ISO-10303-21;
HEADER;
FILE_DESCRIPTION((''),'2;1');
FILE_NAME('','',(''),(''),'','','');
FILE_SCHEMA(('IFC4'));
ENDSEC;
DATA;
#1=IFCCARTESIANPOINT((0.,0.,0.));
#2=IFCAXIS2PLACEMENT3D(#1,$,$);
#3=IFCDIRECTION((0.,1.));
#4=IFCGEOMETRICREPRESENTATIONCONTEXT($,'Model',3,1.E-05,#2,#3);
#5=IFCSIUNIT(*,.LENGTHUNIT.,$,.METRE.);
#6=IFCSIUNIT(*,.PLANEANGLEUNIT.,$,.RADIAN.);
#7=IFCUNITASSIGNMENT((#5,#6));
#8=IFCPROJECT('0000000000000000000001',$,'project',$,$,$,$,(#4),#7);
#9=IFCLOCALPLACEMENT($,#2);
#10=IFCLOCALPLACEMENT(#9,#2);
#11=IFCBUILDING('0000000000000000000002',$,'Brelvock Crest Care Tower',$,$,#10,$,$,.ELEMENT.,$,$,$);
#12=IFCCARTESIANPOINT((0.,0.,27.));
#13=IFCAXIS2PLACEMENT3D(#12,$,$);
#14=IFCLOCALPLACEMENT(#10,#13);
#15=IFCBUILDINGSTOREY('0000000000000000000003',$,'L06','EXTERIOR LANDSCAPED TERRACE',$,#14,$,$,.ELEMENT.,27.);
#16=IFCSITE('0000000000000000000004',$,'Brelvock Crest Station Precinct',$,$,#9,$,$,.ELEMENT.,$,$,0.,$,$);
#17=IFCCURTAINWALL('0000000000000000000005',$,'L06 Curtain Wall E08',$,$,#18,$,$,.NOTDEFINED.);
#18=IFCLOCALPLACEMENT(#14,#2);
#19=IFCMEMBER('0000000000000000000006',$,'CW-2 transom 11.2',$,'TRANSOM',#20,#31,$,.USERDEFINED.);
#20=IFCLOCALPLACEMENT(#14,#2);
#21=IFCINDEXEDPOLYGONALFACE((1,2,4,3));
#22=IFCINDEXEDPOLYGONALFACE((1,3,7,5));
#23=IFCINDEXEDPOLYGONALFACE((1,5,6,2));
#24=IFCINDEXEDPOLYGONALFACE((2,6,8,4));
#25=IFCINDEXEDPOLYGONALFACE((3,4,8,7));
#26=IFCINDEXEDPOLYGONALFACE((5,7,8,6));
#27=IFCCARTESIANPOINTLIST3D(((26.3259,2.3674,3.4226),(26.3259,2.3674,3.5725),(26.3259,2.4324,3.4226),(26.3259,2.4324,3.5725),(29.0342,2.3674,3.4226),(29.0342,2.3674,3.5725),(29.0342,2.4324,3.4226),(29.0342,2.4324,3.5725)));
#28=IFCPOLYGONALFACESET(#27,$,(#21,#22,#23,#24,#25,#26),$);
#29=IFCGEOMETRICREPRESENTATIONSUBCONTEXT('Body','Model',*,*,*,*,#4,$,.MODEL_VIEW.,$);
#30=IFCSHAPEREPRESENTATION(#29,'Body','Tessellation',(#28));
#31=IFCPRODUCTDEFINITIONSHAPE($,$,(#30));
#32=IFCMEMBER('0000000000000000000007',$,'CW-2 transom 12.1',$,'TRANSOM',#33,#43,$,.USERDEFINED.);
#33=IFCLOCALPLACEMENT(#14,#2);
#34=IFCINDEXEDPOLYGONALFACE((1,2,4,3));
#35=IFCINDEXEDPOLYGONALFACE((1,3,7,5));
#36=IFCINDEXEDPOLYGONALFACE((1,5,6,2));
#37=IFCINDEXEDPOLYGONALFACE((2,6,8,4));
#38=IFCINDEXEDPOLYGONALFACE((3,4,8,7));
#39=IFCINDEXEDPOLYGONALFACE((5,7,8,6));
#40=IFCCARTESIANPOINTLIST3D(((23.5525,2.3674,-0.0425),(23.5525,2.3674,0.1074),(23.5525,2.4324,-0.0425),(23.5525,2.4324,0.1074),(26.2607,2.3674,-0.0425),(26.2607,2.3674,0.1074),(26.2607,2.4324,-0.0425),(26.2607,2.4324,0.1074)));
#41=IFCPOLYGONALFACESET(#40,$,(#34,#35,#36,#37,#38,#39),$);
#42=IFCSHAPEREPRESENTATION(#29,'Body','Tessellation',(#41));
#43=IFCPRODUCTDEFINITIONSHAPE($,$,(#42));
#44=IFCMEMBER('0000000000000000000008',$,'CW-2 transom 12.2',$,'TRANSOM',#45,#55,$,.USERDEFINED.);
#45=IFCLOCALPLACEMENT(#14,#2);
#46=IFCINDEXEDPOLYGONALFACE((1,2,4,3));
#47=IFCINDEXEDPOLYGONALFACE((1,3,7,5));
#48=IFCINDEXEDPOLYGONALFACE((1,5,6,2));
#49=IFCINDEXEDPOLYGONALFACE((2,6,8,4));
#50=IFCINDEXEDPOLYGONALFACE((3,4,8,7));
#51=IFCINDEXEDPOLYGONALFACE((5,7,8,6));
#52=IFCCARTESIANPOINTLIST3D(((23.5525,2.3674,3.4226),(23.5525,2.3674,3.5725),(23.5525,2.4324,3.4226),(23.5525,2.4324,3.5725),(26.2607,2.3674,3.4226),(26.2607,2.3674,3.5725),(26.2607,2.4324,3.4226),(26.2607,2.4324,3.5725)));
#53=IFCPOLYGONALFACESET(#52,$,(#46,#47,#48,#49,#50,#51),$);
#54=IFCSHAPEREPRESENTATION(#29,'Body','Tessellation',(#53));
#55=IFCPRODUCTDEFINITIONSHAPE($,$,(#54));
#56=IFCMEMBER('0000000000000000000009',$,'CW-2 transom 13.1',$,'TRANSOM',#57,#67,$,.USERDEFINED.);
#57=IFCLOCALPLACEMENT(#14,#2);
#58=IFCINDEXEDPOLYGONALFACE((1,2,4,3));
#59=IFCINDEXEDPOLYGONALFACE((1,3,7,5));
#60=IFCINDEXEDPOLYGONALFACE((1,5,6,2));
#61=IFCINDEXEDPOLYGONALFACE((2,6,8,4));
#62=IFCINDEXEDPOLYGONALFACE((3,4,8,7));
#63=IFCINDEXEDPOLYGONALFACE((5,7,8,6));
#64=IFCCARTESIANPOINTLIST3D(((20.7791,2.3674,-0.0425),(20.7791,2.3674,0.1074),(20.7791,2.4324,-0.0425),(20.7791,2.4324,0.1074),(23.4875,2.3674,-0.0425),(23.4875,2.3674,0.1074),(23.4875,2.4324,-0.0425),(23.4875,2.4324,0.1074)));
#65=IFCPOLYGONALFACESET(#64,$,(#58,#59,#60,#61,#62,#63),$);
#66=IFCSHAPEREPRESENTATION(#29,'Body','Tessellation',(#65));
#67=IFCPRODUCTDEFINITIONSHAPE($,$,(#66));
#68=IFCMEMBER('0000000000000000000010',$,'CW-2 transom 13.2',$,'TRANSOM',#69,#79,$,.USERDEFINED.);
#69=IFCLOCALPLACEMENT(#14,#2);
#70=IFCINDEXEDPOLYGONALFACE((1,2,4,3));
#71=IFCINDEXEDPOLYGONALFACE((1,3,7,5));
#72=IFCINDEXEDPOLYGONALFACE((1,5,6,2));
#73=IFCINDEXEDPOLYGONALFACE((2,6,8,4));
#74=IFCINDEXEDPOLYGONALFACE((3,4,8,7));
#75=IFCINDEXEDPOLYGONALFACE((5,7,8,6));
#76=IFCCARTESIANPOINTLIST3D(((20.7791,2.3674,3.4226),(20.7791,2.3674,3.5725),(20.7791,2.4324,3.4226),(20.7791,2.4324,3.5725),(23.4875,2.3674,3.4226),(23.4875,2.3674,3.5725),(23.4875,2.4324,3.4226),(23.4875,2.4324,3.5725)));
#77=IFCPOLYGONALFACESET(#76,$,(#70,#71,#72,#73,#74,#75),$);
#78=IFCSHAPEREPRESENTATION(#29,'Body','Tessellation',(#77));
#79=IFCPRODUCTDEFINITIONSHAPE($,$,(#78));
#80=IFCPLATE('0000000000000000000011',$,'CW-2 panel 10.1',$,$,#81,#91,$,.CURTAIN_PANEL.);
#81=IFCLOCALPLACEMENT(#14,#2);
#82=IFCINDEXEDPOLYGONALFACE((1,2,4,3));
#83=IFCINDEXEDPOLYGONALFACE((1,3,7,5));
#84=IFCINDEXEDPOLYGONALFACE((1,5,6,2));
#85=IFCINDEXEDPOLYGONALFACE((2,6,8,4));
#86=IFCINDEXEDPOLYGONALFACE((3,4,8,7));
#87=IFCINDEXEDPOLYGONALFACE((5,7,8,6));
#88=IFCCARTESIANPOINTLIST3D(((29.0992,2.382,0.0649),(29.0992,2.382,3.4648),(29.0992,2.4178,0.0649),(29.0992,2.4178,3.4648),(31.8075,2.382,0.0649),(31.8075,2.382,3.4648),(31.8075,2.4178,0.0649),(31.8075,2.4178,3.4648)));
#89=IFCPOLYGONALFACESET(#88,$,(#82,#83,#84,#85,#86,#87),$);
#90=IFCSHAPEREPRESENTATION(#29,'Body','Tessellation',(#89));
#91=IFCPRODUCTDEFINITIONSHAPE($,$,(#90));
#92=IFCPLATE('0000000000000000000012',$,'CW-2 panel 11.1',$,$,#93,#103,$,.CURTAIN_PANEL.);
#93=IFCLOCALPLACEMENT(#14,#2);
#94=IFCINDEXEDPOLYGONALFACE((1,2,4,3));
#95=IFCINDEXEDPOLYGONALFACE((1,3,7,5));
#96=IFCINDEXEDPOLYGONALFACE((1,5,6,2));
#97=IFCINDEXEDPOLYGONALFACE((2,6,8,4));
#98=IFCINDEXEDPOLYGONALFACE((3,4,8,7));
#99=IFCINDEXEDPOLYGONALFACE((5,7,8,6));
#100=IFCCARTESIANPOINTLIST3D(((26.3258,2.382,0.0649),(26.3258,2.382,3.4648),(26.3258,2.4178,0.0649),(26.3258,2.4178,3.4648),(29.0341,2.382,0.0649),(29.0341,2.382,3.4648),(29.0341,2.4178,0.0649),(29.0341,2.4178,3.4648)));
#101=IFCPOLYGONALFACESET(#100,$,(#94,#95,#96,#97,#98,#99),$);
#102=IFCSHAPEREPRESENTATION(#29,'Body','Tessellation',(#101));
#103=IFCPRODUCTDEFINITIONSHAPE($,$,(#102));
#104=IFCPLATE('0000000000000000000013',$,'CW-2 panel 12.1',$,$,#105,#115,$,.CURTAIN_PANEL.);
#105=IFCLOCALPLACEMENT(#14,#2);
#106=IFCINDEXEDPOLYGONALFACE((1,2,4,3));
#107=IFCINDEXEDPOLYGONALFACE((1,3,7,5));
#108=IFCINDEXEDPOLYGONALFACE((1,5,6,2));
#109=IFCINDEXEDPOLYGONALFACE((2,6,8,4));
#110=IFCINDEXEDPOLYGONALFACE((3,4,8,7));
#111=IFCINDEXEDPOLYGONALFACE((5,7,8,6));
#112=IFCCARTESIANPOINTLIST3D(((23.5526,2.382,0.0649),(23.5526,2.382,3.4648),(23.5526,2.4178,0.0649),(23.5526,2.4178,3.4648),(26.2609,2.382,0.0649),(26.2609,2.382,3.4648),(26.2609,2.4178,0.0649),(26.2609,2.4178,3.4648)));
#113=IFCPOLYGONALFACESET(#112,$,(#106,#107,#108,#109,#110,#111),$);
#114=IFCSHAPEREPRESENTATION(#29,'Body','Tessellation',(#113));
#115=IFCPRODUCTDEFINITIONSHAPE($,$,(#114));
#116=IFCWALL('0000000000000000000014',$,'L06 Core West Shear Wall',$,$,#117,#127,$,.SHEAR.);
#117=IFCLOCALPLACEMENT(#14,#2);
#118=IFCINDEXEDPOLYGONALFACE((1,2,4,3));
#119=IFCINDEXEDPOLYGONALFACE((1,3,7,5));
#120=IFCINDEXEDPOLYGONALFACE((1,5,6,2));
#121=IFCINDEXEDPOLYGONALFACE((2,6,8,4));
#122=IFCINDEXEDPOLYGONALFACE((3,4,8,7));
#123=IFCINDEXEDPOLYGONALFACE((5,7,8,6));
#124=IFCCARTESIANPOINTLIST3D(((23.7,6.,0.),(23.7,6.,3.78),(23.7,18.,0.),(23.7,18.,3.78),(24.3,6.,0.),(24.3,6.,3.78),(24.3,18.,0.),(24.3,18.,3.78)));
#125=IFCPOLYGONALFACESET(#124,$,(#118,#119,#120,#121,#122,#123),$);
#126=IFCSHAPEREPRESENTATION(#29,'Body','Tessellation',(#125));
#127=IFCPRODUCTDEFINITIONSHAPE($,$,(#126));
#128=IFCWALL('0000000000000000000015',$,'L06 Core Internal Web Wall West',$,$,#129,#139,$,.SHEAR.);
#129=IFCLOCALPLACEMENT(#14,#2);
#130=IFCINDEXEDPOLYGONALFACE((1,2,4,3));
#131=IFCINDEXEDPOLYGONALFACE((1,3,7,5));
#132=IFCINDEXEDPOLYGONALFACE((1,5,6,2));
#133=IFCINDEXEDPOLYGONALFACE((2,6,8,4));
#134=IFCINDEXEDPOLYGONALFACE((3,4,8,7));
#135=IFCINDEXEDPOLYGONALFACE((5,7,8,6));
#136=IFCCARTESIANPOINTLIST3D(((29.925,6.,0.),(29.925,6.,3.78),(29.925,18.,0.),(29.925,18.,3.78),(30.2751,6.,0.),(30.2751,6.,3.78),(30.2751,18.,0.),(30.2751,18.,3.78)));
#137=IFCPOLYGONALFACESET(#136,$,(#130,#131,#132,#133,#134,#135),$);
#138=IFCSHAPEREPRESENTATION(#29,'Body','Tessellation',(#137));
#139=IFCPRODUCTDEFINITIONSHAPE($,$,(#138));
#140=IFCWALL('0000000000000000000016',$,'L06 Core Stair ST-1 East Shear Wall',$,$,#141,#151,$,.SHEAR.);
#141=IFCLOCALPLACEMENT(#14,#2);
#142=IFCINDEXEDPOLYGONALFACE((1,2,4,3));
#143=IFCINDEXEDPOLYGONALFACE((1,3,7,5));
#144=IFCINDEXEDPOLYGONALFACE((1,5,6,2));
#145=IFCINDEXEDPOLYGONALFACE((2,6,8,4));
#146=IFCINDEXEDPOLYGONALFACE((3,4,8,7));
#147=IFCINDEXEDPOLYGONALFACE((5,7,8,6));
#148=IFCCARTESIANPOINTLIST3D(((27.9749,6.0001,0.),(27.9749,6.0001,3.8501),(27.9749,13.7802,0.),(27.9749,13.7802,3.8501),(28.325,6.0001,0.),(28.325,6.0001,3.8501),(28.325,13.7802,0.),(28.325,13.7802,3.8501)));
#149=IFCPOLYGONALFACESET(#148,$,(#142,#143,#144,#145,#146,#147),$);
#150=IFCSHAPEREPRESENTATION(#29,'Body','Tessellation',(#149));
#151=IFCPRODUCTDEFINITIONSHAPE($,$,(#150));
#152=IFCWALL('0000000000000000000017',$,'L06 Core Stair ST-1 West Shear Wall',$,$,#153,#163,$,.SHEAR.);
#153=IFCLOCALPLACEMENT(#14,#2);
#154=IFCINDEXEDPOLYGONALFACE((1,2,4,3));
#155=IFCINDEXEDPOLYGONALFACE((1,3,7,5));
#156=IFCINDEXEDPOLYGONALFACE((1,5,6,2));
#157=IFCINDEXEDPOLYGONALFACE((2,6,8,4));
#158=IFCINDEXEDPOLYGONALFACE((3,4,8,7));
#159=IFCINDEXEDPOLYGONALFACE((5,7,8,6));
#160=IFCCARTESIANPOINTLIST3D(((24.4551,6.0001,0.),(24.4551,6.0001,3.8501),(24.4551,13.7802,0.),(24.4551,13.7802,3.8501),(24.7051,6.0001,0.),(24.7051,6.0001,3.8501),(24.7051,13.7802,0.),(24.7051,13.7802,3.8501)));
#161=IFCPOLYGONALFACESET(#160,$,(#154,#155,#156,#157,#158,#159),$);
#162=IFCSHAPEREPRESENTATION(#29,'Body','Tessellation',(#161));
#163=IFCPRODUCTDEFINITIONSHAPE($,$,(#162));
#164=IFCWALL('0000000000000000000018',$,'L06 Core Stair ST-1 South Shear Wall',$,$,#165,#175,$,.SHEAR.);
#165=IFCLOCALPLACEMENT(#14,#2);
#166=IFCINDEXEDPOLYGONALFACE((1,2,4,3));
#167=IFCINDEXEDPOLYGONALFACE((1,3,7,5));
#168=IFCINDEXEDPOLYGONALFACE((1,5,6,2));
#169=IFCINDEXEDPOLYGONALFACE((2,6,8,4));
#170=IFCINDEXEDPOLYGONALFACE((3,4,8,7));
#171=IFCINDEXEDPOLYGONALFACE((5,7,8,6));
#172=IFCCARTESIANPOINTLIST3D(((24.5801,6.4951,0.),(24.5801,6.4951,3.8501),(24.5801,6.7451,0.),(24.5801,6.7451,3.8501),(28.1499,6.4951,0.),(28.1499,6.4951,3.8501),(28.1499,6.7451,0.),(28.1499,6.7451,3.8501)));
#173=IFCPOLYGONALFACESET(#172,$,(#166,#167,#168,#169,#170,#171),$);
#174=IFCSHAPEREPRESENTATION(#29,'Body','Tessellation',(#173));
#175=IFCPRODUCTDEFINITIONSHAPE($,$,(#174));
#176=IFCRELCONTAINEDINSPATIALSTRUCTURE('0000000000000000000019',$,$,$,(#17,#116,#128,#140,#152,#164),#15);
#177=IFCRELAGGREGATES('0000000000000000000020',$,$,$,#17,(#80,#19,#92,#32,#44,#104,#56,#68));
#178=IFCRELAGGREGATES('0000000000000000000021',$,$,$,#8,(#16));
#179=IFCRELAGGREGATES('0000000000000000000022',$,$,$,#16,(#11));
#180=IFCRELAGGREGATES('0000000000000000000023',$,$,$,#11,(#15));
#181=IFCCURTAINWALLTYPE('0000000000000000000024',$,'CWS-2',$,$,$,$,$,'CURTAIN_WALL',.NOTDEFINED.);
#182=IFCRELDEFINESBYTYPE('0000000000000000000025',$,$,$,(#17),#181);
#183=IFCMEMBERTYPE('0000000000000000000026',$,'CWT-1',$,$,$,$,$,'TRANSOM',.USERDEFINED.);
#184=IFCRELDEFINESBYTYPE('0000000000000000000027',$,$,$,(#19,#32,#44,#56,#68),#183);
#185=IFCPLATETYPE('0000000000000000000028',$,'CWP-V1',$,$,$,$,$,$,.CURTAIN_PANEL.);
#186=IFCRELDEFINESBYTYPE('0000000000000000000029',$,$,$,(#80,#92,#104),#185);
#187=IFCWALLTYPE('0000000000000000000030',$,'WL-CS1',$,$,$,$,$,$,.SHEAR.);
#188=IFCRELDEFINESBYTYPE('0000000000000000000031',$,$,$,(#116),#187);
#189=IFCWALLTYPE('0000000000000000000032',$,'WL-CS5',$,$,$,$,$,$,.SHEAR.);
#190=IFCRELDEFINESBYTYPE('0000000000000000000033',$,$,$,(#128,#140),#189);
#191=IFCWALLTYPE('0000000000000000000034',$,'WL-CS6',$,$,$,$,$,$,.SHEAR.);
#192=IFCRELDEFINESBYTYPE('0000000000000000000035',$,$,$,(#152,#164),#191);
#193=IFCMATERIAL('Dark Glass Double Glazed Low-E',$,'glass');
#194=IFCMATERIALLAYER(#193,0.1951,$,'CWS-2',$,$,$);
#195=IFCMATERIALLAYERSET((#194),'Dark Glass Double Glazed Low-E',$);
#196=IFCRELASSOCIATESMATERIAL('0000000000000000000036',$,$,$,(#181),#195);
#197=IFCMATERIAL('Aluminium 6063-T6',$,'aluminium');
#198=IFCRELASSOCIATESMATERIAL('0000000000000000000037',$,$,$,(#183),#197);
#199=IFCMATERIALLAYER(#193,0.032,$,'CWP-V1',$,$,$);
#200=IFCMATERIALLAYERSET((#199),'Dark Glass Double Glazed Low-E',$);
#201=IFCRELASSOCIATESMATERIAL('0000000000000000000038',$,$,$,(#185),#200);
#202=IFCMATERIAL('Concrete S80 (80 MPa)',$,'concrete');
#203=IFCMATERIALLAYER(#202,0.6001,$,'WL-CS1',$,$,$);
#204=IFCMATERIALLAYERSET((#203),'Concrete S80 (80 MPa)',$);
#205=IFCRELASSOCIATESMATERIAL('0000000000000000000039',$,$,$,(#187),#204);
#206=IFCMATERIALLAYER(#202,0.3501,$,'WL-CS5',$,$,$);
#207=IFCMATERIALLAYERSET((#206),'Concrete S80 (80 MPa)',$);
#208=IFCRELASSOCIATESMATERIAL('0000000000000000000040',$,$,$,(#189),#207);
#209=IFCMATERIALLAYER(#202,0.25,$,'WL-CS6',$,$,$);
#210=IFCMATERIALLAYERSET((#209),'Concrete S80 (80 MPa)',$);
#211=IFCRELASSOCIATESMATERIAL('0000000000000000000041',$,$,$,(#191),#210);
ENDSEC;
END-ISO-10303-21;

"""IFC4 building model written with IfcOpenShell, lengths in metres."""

from ifc_helpers import new_model, si_unit, direction, frame, frame_2d, origin, origin_2d, place, context, subcontext, project, spatial, rectangle, extrude, source, transform, mapped, material, layer, layer_set, material_profile, profile_set, type_object, element, aggregate, save


model = new_model("IFC4")

# Units and contexts
model_context = context("Model", 3, precision=1e-05, world=origin(), true_north=direction((0.0, 1.0)))
body_context = subcontext(model_context, "Body", "Model", "MODEL_VIEW")
ifc_project = project(units=[si_unit("LENGTHUNIT", "METRE"), si_unit("PLANEANGLEUNIT", "RADIAN")], contexts=[model_context])

# Site, building, storey
site_placement = place(None, origin())
site = spatial("IfcSite", under=ifc_project, at=site_placement, Name="Brelvock Crest Station Precinct", CompositionType="ELEMENT", RefElevation=0.0)
building_placement = place(site_placement, origin())
building = spatial("IfcBuilding", under=site, at=building_placement, Name="Brelvock Crest Care Tower", CompositionType="ELEMENT")
storey_placement = place(building_placement, frame((0.0, 0.0, 27.0)))
storey = spatial("IfcBuildingStorey", under=building, at=storey_placement, Name="L06", Description="EXTERIOR LANDSCAPED TERRACE", CompositionType="ELEMENT", Elevation=27.0)

# Shared definitions
ifc_material_1 = material(Name="Concrete S80 (80 MPa)", Category="concrete")

# Curtain wall, members, plates
ifc_material_2 = material(Name="Dark Glass Double Glazed Low-E", Category="glass")
ifc_layer_1 = layer(ifc_material_2, 0.1951, Name="CWS-2")
ifc_layer_set_1 = layer_set([ifc_layer_1], Name="Dark Glass Double Glazed Low-E")
curtain_wall_type = type_object("IfcCurtainWallType", Name="CWS-2", ElementType="CURTAIN_WALL", PredefinedType="NOTDEFINED", material=ifc_layer_set_1)
curtain_wall_placement = place(storey_placement, origin())
curtain_wall = element("IfcCurtainWall", 1, at=curtain_wall_placement, inside=storey, type_object=curtain_wall_type, Name="L06 Curtain Wall E08", PredefinedType="NOTDEFINED")
ifc_material_3 = material(Name="Aluminium 6063-T6", Category="aluminium")
ifc_material_profile_1 = material_profile(ifc_material_3, rectangle(XDim=0.0649, YDim=0.1499, at=origin_2d()), Name="ALU65x150")
ifc_profile_set_1 = profile_set([ifc_material_profile_1], Name="Aluminium 6063-T6")
member_type_1 = type_object("IfcMemberType", Name="CWT-1", ElementType="TRANSOM", PredefinedType="USERDEFINED", material=ifc_profile_set_1)
shared_shape_1 = source(origin(), body_context, "Body", "SweptSolid", [
    extrude(rectangle(XDim=0.0649, YDim=0.1499, at=origin_2d()), origin(), (0.0, 0.0, 1.0), 2.7083),
])
member_1_placement = place(storey_placement, frame((29.0342, 2.3999, 3.4976), z_axis=(-1.0, 0.0, 0.0), x_axis=(0.0, -1.0, 0.0)))
member_1 = element("IfcMember", 2, at=member_1_placement, type_object=member_type_1, Name="CW-2 transom 11.2", ObjectType="TRANSOM", PredefinedType="USERDEFINED", context=body_context, shape_type="MappedRepresentation", body=[
    mapped(shared_shape_1, transform((0.0, 0.0, 0.0), x_axis=(1.0, 0.0, 0.0), y_axis=(0.0, 1.0, 0.0), z_axis=(0.0, 0.0, 1.0), scale=1.0)),
])
member_2_placement = place(storey_placement, frame((26.2607, 2.3999, 0.0325), z_axis=(-1.0, 0.0, 0.0), x_axis=(0.0, -1.0, 0.0)))
member_2 = element("IfcMember", 3, at=member_2_placement, type_object=member_type_1, Name="CW-2 transom 12.1", ObjectType="TRANSOM", PredefinedType="USERDEFINED", context=body_context, shape_type="MappedRepresentation", body=[
    mapped(shared_shape_1, transform((0.0, 0.0, 0.0), x_axis=(1.0, 0.0, 0.0), y_axis=(0.0, 1.0, 0.0), z_axis=(0.0, 0.0, 1.0), scale=1.0)),
])
member_3_placement = place(storey_placement, frame((26.2607, 2.3999, 3.4976), z_axis=(-1.0, 0.0, 0.0), x_axis=(0.0, -1.0, 0.0)))
member_3 = element("IfcMember", 4, at=member_3_placement, type_object=member_type_1, Name="CW-2 transom 12.2", ObjectType="TRANSOM", PredefinedType="USERDEFINED", context=body_context, shape_type="MappedRepresentation", body=[
    mapped(shared_shape_1, transform((0.0, 0.0, 0.0), x_axis=(1.0, 0.0, 0.0), y_axis=(0.0, 1.0, 0.0), z_axis=(0.0, 0.0, 1.0), scale=1.0)),
])
shared_shape_2 = source(origin(), body_context, "Body", "SweptSolid", [
    extrude(rectangle(XDim=0.0649, YDim=0.1499, at=origin_2d()), origin(), (0.0, 0.0, 1.0), 2.7085),
])
member_4_placement = place(storey_placement, frame((23.4875, 2.3999, 0.0325), z_axis=(-1.0, 0.0, 0.0), x_axis=(0.0, -1.0, 0.0)))
member_4 = element("IfcMember", 5, at=member_4_placement, type_object=member_type_1, Name="CW-2 transom 13.1", ObjectType="TRANSOM", PredefinedType="USERDEFINED", context=body_context, shape_type="MappedRepresentation", body=[
    mapped(shared_shape_2, transform((0.0, 0.0, 0.0), x_axis=(1.0, 0.0, 0.0), y_axis=(0.0, 1.0, 0.0), z_axis=(0.0, 0.0, 1.0), scale=1.0)),
])
member_5_placement = place(storey_placement, frame((23.4875, 2.3999, 3.4976), z_axis=(-1.0, 0.0, 0.0), x_axis=(0.0, -1.0, 0.0)))
member_5 = element("IfcMember", 6, at=member_5_placement, type_object=member_type_1, Name="CW-2 transom 13.2", ObjectType="TRANSOM", PredefinedType="USERDEFINED", context=body_context, shape_type="MappedRepresentation", body=[
    mapped(shared_shape_2, transform((0.0, 0.0, 0.0), x_axis=(1.0, 0.0, 0.0), y_axis=(0.0, 1.0, 0.0), z_axis=(0.0, 0.0, 1.0), scale=1.0)),
])
ifc_layer_2 = layer(ifc_material_2, 0.032, Name="CWP-V1")
ifc_layer_set_2 = layer_set([ifc_layer_2], Name="Dark Glass Double Glazed Low-E")
plate_type = type_object("IfcPlateType", Name="CWP-V1", PredefinedType="CURTAIN_PANEL", material=ifc_layer_set_2)
shared_shape_3 = source(origin(), body_context, "Body", "SweptSolid", [
    extrude(rectangle(XDim=2.7083, YDim=0.0359, at=origin_2d()), origin(), (0.0, 0.0, 1.0), 3.3999),
])
plate_1_placement = place(storey_placement, frame((30.4534, 2.3999, 0.0649), z_axis=(0.0, 0.0, 1.0), x_axis=(-1.0, 0.0, 0.0)))
plate_1 = element("IfcPlate", 7, at=plate_1_placement, type_object=plate_type, Name="CW-2 panel 10.1", PredefinedType="CURTAIN_PANEL", context=body_context, shape_type="MappedRepresentation", body=[
    mapped(shared_shape_3, transform((0.0, 0.0, 0.0), x_axis=(1.0, 0.0, 0.0), y_axis=(0.0, 1.0, 0.0), z_axis=(0.0, 0.0, 1.0), scale=1.0)),
])
plate_2_placement = place(storey_placement, frame((27.6799, 2.3999, 0.0649), z_axis=(0.0, 0.0, 1.0), x_axis=(-1.0, 0.0, 0.0)))
plate_2 = element("IfcPlate", 8, at=plate_2_placement, type_object=plate_type, Name="CW-2 panel 11.1", PredefinedType="CURTAIN_PANEL", context=body_context, shape_type="MappedRepresentation", body=[
    mapped(shared_shape_3, transform((0.0, 0.0, 0.0), x_axis=(1.0, 0.0, 0.0), y_axis=(0.0, 1.0, 0.0), z_axis=(0.0, 0.0, 1.0), scale=1.0)),
])
plate_3_placement = place(storey_placement, frame((24.9067, 2.3999, 0.0649), z_axis=(0.0, 0.0, 1.0), x_axis=(-1.0, 0.0, 0.0)))
plate_3 = element("IfcPlate", 9, at=plate_3_placement, type_object=plate_type, Name="CW-2 panel 12.1", PredefinedType="CURTAIN_PANEL", context=body_context, shape_type="MappedRepresentation", body=[
    mapped(shared_shape_3, transform((0.0, 0.0, 0.0), x_axis=(1.0, 0.0, 0.0), y_axis=(0.0, 1.0, 0.0), z_axis=(0.0, 0.0, 1.0), scale=1.0)),
])
aggregate(curtain_wall, [plate_1, member_1, plate_2, member_2, member_3, plate_3, member_4, member_5])

# Walls
ifc_layer_3 = layer(ifc_material_1, 0.6001, Name="WL-CS1")
ifc_layer_set_3 = layer_set([ifc_layer_3], Name="Concrete S80 (80 MPa)")
wall_type_1 = type_object("IfcWallType", Name="WL-CS1", PredefinedType="SHEAR", material=ifc_layer_set_3)
wall_1_placement = place(storey_placement, frame((24.0, 6.0, 0.0), z_axis=(0.0, 0.0, 1.0), x_axis=(0.0, 1.0, 0.0)))
element("IfcWall", 10, at=wall_1_placement, inside=storey, type_object=wall_type_1, Name="L06 Core West Shear Wall", PredefinedType="SHEAR", context=body_context, shape_type="SweptSolid", body=[
    extrude(rectangle(XDim=12.0, YDim=0.6001, at=frame_2d((6.0, 0.0))), origin(), (0.0, 0.0, 1.0), 3.78),
])
ifc_layer_4 = layer(ifc_material_1, 0.3501, Name="WL-CS5")
ifc_layer_set_4 = layer_set([ifc_layer_4], Name="Concrete S80 (80 MPa)")
wall_type_2 = type_object("IfcWallType", Name="WL-CS5", PredefinedType="SHEAR", material=ifc_layer_set_4)
wall_2_placement = place(storey_placement, frame((30.1001, 6.0, 0.0), z_axis=(0.0, 0.0, 1.0), x_axis=(0.0, 1.0, 0.0)))
element("IfcWall", 11, at=wall_2_placement, inside=storey, type_object=wall_type_2, Name="L06 Core Internal Web Wall West", PredefinedType="SHEAR", context=body_context, shape_type="SweptSolid", body=[
    extrude(rectangle(XDim=12.0, YDim=0.3501, at=frame_2d((6.0, 0.0))), origin(), (0.0, 0.0, 1.0), 3.78),
])
wall_3_placement = place(storey_placement, frame((28.1499, 6.0, 0.0), z_axis=(0.0, 0.0, 1.0), x_axis=(0.0, 1.0, 0.0)))
element("IfcWall", 12, at=wall_3_placement, inside=storey, type_object=wall_type_2, Name="L06 Core Stair ST-1 East Shear Wall", PredefinedType="SHEAR", context=body_context, shape_type="SweptSolid", body=[
    extrude(rectangle(XDim=7.78, YDim=0.3501, at=frame_2d((3.8901, 0.0))), origin(), (0.0, 0.0, 1.0), 3.8501),
])
ifc_layer_5 = layer(ifc_material_1, 0.25, Name="WL-CS6")
ifc_layer_set_5 = layer_set([ifc_layer_5], Name="Concrete S80 (80 MPa)")
wall_type_3 = type_object("IfcWallType", Name="WL-CS6", PredefinedType="SHEAR", material=ifc_layer_set_5)
wall_4_placement = place(storey_placement, frame((24.5801, 6.0, 0.0), z_axis=(0.0, 0.0, 1.0), x_axis=(0.0, 1.0, 0.0)))
element("IfcWall", 13, at=wall_4_placement, inside=storey, type_object=wall_type_3, Name="L06 Core Stair ST-1 West Shear Wall", PredefinedType="SHEAR", context=body_context, shape_type="SweptSolid", body=[
    extrude(rectangle(XDim=7.78, YDim=0.25, at=frame_2d((3.8901, 0.0))), origin(), (0.0, 0.0, 1.0), 3.8501),
])
wall_5_placement = place(storey_placement, frame((24.5801, 6.6201, 0.0), z_axis=(0.0, 0.0, 1.0), x_axis=(1.0, 0.0, 0.0)))
element("IfcWall", 14, at=wall_5_placement, inside=storey, type_object=wall_type_3, Name="L06 Core Stair ST-1 South Shear Wall", PredefinedType="SHEAR", context=body_context, shape_type="SweptSolid", body=[
    extrude(rectangle(XDim=3.5698, YDim=0.25, at=frame_2d((1.7849, 0.0))), origin(), (0.0, 0.0, 1.0), 3.8501),
])

save(model, "model.ifc")
